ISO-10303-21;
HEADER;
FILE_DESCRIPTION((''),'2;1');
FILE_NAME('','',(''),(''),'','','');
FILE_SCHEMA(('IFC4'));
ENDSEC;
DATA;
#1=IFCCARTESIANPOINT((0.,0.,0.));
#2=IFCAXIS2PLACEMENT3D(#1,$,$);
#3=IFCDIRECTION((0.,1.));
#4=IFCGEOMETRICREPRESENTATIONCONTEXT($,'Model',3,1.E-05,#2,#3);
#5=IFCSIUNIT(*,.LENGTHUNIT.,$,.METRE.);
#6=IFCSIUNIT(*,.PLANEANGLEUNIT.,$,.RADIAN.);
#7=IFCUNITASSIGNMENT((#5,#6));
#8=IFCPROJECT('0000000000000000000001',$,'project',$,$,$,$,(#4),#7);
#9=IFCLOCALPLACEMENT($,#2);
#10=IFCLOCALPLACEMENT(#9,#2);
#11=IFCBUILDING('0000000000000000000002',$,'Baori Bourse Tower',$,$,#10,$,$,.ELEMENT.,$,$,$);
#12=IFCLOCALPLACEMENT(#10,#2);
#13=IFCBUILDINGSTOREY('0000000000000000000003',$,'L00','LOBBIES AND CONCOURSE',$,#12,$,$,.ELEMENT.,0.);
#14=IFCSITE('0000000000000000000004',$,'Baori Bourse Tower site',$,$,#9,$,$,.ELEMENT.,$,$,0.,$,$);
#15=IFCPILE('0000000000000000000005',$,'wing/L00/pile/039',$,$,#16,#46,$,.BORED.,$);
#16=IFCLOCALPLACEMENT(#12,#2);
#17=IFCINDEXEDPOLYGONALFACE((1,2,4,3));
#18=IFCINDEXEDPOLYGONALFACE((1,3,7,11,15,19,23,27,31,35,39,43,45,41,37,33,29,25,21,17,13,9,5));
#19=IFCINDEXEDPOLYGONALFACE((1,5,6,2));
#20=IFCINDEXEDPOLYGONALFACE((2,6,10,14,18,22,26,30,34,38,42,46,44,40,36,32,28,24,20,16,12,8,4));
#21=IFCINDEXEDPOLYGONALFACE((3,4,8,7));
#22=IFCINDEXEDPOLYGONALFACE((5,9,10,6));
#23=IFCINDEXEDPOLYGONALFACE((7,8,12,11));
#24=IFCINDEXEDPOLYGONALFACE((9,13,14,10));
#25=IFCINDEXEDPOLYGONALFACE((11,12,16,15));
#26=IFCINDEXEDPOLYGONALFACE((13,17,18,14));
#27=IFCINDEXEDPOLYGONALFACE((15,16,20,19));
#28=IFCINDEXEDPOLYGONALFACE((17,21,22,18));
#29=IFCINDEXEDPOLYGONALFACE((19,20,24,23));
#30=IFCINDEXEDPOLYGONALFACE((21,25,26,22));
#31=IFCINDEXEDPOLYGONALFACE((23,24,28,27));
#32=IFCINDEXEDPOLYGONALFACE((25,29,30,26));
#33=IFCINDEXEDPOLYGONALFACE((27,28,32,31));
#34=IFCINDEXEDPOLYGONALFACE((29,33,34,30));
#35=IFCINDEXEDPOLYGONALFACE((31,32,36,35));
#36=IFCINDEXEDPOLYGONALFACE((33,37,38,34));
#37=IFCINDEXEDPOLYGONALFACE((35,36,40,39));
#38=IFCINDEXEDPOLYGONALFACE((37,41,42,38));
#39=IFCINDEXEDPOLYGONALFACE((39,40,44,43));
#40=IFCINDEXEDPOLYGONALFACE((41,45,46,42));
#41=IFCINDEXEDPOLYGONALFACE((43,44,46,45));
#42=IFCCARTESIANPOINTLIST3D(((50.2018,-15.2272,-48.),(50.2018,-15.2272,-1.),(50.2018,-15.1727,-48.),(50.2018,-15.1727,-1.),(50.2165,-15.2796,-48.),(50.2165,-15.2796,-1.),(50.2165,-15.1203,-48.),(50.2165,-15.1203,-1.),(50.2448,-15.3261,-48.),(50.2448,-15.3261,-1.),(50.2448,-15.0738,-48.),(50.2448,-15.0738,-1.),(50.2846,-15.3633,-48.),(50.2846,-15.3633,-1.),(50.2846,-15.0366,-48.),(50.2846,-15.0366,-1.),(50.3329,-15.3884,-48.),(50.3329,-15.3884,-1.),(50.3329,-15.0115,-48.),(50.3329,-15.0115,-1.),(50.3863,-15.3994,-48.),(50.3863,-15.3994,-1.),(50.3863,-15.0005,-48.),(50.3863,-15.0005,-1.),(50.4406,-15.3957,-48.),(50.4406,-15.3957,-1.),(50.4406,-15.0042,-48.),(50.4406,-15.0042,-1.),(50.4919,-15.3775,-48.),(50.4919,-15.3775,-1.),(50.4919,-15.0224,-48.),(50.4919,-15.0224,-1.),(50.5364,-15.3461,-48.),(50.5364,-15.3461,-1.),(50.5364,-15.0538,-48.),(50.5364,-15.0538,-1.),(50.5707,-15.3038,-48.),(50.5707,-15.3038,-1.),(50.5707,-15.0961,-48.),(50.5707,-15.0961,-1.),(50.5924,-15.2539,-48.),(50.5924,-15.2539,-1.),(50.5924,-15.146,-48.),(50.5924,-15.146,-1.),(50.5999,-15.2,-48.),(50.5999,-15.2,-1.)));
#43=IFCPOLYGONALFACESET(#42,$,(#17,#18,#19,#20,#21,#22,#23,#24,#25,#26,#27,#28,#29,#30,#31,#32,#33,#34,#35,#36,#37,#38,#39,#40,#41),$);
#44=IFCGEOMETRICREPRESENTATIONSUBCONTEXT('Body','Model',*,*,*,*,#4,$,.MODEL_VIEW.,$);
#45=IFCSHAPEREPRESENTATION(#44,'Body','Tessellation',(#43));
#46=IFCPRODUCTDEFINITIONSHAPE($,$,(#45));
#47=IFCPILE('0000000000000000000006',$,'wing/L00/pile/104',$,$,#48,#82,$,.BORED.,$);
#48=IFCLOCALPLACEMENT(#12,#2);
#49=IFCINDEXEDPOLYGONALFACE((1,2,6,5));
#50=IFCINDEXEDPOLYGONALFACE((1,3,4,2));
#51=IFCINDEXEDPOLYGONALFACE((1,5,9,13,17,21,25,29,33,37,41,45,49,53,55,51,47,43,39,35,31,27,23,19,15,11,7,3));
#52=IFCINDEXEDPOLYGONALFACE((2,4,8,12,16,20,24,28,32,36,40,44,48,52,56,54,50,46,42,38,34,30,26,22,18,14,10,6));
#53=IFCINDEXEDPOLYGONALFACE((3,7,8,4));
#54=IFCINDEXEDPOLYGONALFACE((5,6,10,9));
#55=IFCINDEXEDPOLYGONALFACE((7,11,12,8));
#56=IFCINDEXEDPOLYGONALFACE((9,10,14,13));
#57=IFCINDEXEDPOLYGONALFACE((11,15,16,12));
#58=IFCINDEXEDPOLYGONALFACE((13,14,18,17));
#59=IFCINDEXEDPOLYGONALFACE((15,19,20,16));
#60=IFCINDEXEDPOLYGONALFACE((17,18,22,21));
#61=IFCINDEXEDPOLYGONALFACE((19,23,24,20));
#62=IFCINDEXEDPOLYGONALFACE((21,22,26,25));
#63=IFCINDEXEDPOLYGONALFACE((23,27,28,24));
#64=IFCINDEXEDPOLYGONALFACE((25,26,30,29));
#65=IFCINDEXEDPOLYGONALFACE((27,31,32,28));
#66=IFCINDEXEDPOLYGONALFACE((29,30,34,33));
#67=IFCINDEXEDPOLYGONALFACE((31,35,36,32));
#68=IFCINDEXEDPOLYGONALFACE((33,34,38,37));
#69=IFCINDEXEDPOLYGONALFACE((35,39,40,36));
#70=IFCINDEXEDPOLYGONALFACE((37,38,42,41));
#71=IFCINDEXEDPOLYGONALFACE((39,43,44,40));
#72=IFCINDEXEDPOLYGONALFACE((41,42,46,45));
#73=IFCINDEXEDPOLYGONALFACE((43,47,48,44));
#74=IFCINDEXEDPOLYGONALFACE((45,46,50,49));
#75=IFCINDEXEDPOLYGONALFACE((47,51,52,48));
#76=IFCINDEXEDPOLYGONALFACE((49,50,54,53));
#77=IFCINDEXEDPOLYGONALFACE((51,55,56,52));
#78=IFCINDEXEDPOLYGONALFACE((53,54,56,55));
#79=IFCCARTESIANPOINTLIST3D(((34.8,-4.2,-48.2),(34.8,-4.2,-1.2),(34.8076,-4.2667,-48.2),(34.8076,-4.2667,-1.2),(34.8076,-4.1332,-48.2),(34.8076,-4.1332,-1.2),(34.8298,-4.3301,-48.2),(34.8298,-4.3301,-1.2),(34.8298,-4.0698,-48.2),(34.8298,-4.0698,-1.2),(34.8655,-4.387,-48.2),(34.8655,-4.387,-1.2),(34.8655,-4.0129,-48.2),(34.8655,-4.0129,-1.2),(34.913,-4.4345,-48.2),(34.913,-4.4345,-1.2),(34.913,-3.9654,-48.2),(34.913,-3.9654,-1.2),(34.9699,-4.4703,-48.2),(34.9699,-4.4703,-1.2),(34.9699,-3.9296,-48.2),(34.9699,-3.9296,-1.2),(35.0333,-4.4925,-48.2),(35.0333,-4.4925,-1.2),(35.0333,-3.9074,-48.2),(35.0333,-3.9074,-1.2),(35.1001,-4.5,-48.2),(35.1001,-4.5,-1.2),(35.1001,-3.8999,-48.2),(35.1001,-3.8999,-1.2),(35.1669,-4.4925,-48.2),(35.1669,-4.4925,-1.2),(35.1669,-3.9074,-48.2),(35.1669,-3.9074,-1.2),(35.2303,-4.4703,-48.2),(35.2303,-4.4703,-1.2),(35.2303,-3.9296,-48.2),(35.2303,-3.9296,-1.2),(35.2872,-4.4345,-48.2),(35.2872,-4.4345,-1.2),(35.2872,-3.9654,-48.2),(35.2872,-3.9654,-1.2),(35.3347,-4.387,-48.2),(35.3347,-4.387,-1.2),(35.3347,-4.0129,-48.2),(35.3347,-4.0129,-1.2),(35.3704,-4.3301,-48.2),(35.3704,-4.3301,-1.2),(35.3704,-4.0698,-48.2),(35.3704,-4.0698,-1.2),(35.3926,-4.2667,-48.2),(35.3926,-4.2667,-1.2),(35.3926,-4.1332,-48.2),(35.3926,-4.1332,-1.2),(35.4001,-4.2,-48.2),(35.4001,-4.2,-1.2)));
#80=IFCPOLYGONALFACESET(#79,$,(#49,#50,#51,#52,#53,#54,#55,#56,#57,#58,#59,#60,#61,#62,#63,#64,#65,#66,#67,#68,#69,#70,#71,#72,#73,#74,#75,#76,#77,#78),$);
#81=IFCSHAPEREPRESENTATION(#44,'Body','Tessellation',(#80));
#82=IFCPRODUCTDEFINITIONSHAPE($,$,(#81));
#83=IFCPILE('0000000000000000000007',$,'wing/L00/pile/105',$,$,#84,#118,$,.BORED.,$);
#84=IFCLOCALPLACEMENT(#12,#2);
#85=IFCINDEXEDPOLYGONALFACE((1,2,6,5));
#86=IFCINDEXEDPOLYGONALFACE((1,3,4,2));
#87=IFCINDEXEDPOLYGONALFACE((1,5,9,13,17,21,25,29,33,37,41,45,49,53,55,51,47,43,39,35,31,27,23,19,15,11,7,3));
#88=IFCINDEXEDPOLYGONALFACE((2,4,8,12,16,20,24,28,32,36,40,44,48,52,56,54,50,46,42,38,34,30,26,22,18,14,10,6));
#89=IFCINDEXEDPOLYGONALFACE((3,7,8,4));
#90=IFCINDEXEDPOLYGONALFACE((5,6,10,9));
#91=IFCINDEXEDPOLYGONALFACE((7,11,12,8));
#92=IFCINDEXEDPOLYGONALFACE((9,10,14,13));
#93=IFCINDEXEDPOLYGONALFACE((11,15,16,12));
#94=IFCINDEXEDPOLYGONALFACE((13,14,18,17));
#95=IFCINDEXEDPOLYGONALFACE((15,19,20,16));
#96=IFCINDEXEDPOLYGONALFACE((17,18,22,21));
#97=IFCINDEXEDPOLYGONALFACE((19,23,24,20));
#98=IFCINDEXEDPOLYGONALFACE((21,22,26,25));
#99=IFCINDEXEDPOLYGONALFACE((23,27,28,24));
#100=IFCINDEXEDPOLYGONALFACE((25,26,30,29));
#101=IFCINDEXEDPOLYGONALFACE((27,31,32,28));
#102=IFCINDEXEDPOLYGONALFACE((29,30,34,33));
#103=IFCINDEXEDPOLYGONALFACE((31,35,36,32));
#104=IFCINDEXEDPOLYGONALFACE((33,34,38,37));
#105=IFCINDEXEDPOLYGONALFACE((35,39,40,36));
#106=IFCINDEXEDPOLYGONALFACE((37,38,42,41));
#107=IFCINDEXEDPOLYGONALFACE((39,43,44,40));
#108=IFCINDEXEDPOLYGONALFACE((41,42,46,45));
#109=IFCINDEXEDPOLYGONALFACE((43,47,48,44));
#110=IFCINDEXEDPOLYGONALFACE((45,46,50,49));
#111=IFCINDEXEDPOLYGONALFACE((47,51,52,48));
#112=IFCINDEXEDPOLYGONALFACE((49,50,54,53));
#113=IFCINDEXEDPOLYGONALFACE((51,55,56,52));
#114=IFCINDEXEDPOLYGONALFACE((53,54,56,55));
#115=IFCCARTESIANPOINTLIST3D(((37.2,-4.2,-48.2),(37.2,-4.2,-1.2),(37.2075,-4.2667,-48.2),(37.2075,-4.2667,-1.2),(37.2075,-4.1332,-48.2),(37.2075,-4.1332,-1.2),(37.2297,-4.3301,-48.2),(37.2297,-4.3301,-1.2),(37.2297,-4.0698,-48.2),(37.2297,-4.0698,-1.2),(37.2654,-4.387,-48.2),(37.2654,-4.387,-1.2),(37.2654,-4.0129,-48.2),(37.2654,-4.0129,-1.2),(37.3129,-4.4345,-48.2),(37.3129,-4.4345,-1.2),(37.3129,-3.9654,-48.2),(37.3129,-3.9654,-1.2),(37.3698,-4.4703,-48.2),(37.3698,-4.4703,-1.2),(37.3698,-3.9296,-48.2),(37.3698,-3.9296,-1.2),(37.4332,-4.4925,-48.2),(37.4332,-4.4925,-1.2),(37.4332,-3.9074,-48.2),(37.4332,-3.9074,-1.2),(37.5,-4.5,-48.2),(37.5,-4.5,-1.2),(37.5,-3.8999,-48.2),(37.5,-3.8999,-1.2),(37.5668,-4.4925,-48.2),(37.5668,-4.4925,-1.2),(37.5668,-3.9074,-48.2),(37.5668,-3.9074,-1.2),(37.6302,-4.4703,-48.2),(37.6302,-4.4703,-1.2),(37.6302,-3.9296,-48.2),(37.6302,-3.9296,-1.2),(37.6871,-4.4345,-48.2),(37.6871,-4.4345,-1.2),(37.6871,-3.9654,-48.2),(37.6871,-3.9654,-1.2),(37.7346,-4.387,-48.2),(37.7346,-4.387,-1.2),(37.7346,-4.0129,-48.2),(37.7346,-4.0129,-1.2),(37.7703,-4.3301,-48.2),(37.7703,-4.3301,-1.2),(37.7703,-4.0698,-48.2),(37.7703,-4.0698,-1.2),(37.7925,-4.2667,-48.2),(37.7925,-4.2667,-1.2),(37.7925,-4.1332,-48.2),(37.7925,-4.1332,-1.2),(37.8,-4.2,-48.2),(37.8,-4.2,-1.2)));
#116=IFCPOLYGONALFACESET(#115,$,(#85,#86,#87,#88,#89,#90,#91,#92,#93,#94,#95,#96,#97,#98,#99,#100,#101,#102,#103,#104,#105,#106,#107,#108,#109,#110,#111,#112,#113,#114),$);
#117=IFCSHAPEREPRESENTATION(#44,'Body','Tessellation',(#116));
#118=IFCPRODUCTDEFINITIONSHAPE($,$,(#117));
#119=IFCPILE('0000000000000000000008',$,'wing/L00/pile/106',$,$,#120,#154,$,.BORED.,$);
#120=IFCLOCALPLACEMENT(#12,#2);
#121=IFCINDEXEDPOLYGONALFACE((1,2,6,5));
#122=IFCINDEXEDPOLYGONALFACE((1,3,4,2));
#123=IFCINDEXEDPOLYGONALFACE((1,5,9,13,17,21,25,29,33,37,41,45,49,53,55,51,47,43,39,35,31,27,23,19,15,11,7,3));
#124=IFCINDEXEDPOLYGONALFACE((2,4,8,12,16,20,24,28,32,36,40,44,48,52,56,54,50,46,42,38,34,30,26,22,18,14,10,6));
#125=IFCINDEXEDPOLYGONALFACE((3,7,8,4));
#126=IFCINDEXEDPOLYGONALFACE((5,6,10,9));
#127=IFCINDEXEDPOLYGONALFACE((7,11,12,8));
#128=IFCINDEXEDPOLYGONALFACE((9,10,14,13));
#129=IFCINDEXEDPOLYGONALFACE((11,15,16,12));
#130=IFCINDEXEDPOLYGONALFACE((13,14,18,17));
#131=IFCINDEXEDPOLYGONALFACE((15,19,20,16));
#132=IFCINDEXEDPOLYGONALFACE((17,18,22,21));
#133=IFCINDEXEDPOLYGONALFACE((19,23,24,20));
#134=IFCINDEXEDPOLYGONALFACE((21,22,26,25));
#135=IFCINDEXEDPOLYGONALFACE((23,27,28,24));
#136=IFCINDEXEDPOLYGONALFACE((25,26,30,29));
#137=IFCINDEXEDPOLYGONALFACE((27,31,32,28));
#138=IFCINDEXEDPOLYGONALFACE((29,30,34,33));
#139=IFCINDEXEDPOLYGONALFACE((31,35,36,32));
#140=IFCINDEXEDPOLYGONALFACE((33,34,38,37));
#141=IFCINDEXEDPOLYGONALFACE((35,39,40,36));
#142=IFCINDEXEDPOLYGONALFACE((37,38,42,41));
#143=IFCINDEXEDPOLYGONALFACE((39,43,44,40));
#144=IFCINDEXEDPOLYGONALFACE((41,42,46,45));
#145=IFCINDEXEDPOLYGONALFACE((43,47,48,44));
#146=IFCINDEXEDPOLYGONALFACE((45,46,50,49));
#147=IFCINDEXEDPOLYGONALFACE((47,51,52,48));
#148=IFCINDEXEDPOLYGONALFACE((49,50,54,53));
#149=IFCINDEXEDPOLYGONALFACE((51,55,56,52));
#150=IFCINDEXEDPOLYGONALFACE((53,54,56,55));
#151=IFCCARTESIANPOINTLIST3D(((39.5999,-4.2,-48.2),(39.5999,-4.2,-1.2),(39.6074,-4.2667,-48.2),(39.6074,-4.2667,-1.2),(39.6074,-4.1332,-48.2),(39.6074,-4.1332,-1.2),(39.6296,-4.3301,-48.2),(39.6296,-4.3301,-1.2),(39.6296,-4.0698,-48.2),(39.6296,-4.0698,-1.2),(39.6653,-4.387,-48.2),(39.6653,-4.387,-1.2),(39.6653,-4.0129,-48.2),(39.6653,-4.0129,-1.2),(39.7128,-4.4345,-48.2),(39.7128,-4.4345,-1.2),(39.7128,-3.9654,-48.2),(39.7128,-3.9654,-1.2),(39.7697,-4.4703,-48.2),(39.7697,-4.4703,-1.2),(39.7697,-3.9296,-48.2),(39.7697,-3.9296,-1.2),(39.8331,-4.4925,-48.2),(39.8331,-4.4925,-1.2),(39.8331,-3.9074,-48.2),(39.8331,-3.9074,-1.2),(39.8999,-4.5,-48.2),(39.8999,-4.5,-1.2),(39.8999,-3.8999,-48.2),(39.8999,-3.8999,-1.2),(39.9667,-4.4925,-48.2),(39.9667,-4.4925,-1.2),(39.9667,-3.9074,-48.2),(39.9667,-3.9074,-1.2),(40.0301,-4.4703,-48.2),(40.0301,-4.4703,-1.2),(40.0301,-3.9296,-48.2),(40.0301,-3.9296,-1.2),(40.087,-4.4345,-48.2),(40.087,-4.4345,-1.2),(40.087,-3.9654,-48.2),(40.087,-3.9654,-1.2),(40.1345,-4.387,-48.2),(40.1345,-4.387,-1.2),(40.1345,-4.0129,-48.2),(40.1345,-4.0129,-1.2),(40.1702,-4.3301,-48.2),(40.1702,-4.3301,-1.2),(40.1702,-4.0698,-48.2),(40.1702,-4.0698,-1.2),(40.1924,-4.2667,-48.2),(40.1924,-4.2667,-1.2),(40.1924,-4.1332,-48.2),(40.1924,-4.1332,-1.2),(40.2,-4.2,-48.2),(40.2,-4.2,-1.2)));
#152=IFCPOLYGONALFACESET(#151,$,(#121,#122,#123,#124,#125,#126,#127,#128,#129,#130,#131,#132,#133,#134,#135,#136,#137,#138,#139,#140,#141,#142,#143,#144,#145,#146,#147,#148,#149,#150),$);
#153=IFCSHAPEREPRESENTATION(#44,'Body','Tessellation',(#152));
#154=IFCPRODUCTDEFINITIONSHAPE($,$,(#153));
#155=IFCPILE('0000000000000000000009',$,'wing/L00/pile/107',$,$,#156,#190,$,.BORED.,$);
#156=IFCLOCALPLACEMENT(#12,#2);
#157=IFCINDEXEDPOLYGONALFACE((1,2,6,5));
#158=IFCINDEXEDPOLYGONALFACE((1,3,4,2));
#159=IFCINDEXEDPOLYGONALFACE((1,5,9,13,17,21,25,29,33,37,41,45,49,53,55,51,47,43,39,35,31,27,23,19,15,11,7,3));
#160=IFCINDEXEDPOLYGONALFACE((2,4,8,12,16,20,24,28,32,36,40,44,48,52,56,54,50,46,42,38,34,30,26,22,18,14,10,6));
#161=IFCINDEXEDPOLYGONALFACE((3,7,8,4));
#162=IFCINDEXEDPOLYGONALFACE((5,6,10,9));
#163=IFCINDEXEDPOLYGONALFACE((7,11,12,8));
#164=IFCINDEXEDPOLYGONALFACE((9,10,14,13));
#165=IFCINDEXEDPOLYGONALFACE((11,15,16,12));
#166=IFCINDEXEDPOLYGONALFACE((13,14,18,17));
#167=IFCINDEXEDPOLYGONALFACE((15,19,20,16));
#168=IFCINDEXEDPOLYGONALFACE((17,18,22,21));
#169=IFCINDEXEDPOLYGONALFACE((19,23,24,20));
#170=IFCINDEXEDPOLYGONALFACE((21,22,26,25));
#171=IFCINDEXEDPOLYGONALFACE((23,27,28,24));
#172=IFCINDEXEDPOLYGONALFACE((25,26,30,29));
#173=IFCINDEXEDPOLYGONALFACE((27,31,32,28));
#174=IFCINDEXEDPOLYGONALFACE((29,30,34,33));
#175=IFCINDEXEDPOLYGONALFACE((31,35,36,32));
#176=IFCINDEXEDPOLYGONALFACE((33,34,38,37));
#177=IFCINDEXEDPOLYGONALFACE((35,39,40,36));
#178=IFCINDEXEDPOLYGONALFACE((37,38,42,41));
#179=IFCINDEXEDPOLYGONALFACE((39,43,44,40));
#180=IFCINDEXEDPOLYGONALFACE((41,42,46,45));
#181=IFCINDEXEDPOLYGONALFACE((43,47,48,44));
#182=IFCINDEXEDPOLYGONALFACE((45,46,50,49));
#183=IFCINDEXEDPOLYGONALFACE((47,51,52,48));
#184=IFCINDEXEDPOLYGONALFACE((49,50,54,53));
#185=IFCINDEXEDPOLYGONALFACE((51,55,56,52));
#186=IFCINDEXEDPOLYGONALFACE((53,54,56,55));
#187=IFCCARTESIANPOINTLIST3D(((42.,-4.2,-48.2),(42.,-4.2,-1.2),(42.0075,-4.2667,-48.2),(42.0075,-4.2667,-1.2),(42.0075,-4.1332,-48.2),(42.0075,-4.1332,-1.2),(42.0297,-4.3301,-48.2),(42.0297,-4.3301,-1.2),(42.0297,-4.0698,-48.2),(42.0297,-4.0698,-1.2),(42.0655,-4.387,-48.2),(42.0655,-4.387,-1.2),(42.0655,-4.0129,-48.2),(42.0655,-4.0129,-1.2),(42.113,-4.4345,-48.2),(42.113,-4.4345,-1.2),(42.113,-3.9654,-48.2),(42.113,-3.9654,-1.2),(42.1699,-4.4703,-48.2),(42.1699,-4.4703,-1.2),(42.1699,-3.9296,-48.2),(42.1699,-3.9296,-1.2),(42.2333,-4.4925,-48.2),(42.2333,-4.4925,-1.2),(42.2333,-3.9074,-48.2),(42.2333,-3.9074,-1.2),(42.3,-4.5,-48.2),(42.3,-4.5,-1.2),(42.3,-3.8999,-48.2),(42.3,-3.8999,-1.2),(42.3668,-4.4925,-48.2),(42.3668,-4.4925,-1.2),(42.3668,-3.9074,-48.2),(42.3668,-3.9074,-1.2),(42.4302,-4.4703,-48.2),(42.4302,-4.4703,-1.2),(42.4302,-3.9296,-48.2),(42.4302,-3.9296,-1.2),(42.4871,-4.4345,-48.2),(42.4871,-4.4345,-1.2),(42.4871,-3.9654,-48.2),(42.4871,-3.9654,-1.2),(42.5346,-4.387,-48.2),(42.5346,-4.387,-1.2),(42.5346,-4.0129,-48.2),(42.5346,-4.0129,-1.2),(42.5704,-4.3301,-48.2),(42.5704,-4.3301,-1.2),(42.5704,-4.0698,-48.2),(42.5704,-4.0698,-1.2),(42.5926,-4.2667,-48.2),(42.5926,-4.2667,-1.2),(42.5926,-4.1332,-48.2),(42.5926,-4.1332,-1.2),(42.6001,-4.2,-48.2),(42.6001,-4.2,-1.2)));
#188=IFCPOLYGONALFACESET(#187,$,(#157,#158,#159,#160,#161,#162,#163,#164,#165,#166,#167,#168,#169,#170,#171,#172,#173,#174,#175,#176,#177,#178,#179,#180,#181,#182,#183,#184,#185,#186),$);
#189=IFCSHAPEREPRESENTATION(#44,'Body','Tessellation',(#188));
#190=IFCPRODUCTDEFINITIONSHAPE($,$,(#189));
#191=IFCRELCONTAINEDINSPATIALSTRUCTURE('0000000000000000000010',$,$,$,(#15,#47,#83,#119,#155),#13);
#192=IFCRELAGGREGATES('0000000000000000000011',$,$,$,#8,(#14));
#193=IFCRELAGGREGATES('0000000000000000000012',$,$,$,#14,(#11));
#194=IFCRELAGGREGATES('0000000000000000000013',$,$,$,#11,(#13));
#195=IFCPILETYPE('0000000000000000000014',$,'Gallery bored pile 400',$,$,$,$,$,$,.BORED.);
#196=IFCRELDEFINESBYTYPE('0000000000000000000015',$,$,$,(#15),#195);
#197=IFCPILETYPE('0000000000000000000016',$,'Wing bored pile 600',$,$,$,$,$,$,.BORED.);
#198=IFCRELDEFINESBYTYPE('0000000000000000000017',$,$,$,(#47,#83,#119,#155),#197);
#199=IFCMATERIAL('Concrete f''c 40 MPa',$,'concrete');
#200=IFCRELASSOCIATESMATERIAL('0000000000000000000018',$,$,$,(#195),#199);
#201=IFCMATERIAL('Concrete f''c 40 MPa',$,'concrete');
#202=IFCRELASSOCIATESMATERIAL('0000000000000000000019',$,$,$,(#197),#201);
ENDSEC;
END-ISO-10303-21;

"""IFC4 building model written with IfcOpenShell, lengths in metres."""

from ifc_helpers import new_model, si_unit, direction, frame, origin, origin_2d, place, context, subcontext, project, spatial, circle, extrude, material, material_profile, profile_set, type_object, element, save


model = new_model("IFC4")

# Units and contexts
model_context = context("Model", 3, precision=1e-05, world=origin(), true_north=direction((0.0, 1.0)))
body_context = subcontext(model_context, "Body", "Model", "MODEL_VIEW")
ifc_project = project(units=[si_unit("LENGTHUNIT", "METRE"), si_unit("PLANEANGLEUNIT", "RADIAN")], contexts=[model_context])

# Site, building, storey
site_placement = place(None, origin())
site = spatial("IfcSite", under=ifc_project, at=site_placement, Name="Baori Bourse Tower site", CompositionType="ELEMENT", RefElevation=0.0)
building_placement = place(site_placement, origin())
building = spatial("IfcBuilding", under=site, at=building_placement, Name="Baori Bourse Tower", CompositionType="ELEMENT")
storey_placement = place(building_placement, origin())
storey = spatial("IfcBuildingStorey", under=building, at=storey_placement, Name="L00", Description="LOBBIES AND CONCOURSE", CompositionType="ELEMENT", Elevation=0.0)

# Piles
ifc_material_1 = material(Name="Concrete f'c 40 MPa", Category="concrete")
ifc_material_profile_1 = material_profile(ifc_material_1, circle(Radius=0.2, at=origin_2d()), Name="Gallery bored pile 400")
ifc_profile_set_1 = profile_set([ifc_material_profile_1], Name="Concrete f'c 40 MPa")
pile_type_1 = type_object("IfcPileType", Name="Gallery bored pile 400", PredefinedType="BORED", material=ifc_profile_set_1)
pile_placement = place(storey_placement, frame((50.3999, -15.2, -1.0), z_axis=(0.0, 0.0, -1.0), x_axis=(1.0, 0.0, 0.0)))
element("IfcPile", 1, at=pile_placement, inside=storey, type_object=pile_type_1, Name="wing/L00/pile/039", PredefinedType="BORED", context=body_context, shape_type="SweptSolid", body=[
    extrude(circle(Radius=0.2, at=origin_2d()), origin(), (0.0, 0.0, 1.0), 47.0),
])
ifc_material_2 = material(Name="Concrete f'c 40 MPa", Category="concrete")
ifc_material_profile_2 = material_profile(ifc_material_2, circle(Radius=0.3, at=origin_2d()), Name="Wing bored pile 600")
ifc_profile_set_2 = profile_set([ifc_material_profile_2], Name="Concrete f'c 40 MPa")
pile_type_2 = type_object("IfcPileType", Name="Wing bored pile 600", PredefinedType="BORED", material=ifc_profile_set_2)
for number, where, z_axis, x_axis, name in (
    (2, (35.1001, -4.2, -1.2), (0.0, 0.0, -1.0), (1.0, 0.0, 0.0), "wing/L00/pile/104"),
    (3, (37.5, -4.2, -1.2), (0.0, 0.0, -1.0), (1.0, 0.0, 0.0), "wing/L00/pile/105"),
    (4, (39.8999, -4.2, -1.2), (0.0, 0.0, -1.0), (1.0, 0.0, 0.0), "wing/L00/pile/106"),
    (5, (42.3, -4.2, -1.2), (0.0, 0.0, -1.0), (1.0, 0.0, 0.0), "wing/L00/pile/107"),
):
    element("IfcPile", number, at=place(storey_placement, frame(where, z_axis=z_axis, x_axis=x_axis)), inside=storey, type_object=pile_type_2, Name=name, PredefinedType="BORED", context=body_context, shape_type="SweptSolid", body=[
        extrude(circle(Radius=0.3, at=origin_2d()), origin(), (0.0, 0.0, 1.0), 47.0),
    ])

save(model, "model.ifc")
